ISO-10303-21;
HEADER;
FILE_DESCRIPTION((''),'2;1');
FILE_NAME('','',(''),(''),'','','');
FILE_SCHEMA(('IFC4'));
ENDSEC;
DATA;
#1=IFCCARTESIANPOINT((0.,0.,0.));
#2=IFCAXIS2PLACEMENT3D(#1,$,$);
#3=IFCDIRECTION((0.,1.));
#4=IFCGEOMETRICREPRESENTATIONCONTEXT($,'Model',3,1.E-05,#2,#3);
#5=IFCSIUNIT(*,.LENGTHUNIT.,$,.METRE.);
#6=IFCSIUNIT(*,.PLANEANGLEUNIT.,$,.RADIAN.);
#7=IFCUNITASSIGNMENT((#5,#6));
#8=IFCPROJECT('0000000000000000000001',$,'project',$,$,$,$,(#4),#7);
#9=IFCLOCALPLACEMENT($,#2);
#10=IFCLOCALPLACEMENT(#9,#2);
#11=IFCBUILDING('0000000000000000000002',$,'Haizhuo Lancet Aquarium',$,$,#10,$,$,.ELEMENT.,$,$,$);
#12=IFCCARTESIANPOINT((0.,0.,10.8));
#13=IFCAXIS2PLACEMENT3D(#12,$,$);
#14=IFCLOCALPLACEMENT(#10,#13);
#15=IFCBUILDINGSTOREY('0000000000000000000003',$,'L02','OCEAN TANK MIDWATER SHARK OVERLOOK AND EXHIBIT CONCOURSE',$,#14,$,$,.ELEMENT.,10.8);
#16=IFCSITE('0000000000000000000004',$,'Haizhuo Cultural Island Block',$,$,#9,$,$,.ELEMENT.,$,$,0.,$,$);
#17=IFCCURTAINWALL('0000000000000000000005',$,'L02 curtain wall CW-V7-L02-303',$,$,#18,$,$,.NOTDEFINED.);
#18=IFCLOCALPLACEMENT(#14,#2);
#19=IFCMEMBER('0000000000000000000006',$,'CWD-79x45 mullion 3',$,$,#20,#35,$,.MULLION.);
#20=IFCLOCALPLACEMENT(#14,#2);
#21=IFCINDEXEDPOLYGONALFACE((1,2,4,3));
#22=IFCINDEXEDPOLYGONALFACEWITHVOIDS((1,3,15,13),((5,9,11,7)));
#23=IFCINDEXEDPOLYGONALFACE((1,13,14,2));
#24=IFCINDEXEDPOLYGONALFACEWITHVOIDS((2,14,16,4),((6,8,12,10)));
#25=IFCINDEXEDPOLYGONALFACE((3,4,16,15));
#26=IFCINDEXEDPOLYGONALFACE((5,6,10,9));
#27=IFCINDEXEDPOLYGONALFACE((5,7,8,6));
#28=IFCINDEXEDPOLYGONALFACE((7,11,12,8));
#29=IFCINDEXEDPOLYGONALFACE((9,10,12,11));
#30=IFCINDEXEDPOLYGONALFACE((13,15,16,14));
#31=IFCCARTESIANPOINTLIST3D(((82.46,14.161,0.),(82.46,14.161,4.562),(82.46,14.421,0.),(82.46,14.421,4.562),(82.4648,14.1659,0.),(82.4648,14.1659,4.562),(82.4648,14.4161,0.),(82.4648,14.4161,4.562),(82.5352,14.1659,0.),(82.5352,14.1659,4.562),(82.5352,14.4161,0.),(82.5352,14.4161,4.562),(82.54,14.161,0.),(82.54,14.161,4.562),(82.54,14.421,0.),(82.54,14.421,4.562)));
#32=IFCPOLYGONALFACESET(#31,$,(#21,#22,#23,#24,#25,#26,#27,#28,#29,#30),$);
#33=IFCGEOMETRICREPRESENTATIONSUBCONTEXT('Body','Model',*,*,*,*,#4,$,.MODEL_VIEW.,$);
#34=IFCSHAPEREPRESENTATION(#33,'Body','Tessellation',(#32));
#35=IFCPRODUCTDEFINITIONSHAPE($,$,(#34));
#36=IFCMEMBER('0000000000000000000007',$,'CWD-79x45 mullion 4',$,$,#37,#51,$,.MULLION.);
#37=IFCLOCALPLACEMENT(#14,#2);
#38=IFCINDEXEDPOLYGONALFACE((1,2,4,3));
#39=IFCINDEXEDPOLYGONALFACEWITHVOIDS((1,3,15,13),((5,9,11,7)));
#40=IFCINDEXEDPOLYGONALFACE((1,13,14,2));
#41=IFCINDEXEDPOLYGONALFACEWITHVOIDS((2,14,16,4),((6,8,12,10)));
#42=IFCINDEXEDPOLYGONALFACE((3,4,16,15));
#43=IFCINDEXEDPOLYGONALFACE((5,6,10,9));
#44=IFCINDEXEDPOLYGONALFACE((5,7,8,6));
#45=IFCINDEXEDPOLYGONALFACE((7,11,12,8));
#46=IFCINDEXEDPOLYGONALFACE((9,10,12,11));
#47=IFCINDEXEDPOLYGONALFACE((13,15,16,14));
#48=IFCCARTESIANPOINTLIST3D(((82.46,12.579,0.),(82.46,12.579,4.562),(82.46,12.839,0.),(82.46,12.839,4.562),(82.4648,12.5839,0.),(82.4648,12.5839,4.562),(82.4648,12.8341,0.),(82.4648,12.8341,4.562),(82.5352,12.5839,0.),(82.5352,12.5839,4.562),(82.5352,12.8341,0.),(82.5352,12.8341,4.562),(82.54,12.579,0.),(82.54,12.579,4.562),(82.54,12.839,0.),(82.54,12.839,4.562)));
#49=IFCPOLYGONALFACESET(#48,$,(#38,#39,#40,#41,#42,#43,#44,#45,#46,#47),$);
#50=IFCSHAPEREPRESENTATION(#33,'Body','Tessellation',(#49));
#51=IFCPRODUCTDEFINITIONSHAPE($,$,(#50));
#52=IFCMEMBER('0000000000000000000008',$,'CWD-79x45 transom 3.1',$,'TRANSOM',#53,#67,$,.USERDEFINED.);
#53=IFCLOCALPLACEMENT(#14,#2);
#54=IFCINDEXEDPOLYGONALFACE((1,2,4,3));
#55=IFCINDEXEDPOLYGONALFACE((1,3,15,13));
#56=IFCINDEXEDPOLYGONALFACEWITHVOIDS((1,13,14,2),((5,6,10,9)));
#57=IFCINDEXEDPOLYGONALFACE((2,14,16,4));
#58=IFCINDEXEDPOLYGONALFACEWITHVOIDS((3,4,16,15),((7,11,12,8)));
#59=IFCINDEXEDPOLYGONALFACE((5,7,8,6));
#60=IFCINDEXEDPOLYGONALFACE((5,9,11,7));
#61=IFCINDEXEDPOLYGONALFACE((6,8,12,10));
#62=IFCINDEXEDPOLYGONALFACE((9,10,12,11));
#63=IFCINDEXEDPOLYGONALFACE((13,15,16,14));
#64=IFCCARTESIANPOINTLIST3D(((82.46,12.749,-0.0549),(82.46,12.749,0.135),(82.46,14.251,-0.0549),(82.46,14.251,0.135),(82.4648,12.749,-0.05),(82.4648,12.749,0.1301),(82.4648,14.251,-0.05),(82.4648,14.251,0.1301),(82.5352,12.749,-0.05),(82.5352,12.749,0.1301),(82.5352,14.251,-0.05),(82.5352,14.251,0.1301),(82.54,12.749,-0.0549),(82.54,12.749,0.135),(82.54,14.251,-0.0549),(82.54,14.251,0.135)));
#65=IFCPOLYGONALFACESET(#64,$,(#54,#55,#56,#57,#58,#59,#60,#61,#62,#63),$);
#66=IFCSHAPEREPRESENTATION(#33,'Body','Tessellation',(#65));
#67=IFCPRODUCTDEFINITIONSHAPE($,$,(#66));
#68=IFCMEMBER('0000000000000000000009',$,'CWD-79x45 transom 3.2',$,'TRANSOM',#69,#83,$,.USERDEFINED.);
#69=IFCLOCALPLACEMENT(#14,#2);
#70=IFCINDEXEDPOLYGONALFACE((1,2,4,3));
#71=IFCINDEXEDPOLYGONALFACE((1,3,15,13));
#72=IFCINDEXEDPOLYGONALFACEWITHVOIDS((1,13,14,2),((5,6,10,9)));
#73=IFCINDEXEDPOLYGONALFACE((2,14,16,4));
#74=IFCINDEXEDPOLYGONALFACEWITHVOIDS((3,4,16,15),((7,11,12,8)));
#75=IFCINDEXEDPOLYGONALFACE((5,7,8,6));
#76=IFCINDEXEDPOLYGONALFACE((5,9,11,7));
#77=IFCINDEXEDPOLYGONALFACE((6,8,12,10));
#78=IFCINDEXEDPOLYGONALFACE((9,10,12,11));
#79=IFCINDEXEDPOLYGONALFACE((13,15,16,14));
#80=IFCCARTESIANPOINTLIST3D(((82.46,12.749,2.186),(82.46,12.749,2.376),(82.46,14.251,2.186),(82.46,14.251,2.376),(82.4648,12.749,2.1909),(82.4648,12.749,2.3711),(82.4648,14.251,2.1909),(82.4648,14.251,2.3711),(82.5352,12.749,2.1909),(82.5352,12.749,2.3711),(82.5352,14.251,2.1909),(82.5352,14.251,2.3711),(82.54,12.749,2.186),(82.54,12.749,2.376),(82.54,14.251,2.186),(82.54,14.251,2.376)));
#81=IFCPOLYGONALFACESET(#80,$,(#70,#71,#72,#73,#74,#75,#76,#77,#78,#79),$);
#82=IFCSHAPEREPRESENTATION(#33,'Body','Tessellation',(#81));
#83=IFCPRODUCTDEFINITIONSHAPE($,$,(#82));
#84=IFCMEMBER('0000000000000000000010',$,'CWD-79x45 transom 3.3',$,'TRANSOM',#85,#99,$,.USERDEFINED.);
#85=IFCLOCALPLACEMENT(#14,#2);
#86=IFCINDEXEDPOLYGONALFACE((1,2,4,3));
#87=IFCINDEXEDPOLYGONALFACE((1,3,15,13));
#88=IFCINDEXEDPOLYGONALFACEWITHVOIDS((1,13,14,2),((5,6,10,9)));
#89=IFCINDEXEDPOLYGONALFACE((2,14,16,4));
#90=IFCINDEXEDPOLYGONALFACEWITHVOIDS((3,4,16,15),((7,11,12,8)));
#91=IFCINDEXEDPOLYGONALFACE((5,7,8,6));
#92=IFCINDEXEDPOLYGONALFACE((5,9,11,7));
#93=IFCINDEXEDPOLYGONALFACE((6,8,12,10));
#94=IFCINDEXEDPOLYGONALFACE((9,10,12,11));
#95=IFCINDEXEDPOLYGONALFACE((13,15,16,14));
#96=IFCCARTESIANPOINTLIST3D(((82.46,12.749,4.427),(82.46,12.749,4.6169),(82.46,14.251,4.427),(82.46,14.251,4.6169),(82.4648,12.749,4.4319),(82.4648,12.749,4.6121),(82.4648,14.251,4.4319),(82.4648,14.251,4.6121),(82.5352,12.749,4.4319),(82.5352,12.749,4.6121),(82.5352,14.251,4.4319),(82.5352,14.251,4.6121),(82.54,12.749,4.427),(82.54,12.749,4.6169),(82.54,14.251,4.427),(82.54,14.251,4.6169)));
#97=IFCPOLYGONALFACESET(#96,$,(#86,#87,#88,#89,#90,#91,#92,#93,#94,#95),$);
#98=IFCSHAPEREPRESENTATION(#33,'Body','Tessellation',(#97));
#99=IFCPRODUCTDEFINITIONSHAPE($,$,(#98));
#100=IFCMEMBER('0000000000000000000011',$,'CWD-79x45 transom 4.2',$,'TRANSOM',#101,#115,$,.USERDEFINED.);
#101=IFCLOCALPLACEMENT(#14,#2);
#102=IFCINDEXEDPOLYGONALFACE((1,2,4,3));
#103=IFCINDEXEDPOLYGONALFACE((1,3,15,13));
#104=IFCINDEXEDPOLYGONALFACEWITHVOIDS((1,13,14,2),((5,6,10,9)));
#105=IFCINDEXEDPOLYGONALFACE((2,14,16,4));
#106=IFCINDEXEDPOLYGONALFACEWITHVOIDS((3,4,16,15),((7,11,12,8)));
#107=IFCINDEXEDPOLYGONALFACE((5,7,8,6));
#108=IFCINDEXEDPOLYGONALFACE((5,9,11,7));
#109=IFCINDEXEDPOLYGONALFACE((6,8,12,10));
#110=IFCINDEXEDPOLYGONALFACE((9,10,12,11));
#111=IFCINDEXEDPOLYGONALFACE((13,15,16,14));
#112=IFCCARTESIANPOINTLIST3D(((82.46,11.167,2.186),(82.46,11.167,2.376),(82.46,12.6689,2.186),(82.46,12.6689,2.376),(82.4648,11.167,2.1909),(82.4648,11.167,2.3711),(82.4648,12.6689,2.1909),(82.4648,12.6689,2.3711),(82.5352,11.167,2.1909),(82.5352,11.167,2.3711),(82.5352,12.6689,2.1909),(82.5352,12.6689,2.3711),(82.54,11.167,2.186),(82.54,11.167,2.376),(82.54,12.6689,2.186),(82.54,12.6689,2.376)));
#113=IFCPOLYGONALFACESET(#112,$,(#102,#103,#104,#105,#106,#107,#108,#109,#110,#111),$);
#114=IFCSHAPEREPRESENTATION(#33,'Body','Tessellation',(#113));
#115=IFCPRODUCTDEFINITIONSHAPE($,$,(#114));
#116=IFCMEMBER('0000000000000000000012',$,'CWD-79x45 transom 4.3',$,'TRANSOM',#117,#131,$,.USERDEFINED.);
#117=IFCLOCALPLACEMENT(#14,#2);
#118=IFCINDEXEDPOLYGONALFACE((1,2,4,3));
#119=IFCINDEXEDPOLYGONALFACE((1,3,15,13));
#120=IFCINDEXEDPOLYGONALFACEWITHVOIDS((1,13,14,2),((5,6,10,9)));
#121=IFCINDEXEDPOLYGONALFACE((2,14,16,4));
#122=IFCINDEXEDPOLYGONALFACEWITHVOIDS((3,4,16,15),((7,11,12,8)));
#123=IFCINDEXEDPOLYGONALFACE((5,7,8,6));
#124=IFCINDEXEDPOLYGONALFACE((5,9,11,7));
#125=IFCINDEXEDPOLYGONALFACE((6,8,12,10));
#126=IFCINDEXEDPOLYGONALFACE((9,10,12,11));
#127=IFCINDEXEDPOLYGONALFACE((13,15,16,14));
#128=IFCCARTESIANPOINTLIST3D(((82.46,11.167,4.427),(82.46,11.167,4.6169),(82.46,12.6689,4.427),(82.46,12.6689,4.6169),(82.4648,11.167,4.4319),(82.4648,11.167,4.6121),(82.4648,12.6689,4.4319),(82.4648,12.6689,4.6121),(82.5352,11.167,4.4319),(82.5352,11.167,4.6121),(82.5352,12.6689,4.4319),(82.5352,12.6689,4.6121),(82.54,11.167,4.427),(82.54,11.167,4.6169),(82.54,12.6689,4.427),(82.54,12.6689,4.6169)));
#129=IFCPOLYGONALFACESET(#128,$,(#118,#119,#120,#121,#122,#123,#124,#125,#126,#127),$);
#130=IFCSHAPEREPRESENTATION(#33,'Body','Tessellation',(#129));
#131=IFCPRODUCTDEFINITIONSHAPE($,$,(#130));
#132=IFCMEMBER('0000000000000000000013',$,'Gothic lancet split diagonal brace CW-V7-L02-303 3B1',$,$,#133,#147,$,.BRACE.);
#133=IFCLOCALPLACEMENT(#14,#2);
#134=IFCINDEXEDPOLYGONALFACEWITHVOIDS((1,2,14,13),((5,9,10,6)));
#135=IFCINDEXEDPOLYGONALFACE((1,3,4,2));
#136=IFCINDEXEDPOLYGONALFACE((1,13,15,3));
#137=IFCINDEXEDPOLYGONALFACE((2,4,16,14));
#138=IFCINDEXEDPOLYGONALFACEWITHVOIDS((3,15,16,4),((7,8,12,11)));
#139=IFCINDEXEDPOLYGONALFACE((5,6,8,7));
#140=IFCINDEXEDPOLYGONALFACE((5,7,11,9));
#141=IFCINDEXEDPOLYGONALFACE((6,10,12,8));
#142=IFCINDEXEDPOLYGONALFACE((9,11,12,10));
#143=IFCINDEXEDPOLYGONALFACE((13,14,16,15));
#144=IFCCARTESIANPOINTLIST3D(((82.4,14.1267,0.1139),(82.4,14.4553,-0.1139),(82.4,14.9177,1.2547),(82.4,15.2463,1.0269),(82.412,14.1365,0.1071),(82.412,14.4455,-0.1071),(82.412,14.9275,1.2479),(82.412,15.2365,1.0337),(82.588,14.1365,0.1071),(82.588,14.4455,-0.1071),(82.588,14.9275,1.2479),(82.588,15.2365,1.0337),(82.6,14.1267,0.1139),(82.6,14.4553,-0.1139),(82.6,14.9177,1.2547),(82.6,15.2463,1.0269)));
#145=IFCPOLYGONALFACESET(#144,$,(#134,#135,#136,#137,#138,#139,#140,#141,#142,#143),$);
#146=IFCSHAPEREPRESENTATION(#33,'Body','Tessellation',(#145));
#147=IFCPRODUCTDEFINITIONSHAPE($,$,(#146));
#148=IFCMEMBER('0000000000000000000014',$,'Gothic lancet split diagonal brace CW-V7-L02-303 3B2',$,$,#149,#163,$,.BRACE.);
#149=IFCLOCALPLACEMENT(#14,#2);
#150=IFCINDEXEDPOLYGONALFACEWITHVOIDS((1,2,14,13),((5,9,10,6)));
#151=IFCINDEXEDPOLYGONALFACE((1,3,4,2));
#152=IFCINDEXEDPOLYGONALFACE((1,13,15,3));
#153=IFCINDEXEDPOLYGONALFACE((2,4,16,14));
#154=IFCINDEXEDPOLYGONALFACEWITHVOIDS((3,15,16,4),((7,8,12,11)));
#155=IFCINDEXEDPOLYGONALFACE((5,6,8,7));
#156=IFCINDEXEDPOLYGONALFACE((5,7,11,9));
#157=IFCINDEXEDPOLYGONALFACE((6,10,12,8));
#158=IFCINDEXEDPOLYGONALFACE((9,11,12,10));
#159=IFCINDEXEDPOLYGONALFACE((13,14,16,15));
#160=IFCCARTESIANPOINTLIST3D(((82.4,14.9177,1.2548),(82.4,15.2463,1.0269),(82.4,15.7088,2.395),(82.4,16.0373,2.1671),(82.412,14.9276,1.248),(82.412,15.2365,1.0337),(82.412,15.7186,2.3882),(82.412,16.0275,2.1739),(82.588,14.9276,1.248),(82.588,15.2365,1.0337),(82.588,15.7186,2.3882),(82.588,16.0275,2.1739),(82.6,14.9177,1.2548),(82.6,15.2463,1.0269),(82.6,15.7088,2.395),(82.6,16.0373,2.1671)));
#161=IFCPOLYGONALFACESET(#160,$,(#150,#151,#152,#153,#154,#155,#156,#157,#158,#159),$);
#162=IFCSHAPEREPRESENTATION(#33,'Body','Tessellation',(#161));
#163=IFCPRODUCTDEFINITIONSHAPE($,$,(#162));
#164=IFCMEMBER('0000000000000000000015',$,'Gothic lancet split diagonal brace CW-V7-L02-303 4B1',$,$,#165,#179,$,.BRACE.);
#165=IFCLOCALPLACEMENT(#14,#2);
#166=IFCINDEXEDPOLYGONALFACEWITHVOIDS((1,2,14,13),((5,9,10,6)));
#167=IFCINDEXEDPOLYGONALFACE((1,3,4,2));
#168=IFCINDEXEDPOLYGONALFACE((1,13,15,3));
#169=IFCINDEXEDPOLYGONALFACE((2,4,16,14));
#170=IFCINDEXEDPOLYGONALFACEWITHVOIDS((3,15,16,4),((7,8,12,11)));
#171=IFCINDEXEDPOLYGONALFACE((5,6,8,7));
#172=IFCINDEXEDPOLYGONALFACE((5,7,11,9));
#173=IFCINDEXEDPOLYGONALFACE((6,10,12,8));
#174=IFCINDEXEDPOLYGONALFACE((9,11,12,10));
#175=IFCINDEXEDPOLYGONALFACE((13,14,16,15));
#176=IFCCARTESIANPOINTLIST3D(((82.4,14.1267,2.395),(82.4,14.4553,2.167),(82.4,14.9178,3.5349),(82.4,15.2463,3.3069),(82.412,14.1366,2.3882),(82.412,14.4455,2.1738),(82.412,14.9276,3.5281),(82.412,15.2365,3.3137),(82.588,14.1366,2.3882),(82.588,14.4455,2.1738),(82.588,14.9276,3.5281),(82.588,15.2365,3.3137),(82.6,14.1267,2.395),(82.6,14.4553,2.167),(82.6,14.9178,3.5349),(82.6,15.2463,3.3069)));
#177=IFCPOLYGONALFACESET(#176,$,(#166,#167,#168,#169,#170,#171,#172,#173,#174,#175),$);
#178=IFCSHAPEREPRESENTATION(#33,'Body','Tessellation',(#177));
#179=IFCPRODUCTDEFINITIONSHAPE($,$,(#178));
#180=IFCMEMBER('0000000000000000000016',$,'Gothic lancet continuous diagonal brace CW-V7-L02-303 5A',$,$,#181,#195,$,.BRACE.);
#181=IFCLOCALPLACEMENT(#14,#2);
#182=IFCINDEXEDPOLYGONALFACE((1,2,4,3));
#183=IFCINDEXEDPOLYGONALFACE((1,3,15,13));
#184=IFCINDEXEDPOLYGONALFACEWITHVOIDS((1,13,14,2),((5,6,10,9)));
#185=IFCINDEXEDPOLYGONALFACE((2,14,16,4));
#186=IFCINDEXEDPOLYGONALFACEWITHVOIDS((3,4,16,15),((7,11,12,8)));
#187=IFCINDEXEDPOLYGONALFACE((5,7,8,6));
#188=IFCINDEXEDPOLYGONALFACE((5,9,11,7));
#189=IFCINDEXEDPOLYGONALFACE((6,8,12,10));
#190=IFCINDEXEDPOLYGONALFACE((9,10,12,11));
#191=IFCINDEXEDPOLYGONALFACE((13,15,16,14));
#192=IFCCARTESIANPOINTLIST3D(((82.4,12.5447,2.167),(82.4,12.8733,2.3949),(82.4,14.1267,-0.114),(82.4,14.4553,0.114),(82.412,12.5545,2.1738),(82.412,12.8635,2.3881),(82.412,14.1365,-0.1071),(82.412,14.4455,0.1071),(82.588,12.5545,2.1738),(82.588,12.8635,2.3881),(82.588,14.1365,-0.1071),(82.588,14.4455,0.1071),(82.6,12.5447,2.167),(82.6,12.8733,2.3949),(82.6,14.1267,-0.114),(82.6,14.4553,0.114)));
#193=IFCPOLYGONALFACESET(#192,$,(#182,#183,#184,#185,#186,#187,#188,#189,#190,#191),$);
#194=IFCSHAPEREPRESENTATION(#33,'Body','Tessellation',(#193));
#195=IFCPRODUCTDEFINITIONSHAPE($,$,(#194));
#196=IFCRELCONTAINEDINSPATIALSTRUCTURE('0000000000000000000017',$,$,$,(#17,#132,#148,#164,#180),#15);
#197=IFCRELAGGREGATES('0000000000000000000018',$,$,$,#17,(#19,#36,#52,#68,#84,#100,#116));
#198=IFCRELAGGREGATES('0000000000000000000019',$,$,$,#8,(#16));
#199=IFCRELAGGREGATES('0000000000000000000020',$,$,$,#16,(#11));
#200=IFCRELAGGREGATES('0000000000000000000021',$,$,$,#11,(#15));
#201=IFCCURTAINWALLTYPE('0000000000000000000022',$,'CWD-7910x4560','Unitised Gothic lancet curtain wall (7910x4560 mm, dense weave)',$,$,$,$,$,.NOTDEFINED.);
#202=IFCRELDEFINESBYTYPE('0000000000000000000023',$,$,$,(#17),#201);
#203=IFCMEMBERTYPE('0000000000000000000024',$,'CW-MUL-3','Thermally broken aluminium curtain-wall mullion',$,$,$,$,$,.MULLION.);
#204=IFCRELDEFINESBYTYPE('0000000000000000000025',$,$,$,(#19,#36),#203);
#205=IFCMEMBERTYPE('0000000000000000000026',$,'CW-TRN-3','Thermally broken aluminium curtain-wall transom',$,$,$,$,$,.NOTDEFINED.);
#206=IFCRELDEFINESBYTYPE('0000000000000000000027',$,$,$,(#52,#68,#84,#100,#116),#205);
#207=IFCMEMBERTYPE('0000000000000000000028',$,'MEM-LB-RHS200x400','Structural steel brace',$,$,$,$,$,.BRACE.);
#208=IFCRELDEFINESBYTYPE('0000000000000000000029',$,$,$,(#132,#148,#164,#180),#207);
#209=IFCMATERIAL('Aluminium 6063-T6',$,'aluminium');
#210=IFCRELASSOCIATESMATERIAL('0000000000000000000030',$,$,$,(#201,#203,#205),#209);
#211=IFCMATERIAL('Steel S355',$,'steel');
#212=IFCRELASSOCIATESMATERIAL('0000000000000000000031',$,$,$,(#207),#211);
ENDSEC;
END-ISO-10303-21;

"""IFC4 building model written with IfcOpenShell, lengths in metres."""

from ifc_helpers import new_model, si_unit, direction, frame, origin, origin_2d, place, context, subcontext, project, spatial, hollow_rectangle, extrude, material, material_profile, profile_set, type_object, element, aggregate, save


model = new_model("IFC4")

# Units and contexts
model_context = context("Model", 3, precision=1e-05, world=origin(), true_north=direction((0.0, 1.0)))
body_context = subcontext(model_context, "Body", "Model", "MODEL_VIEW")
ifc_project = project(units=[si_unit("LENGTHUNIT", "METRE"), si_unit("PLANEANGLEUNIT", "RADIAN")], contexts=[model_context])

# Site, building, storey
site_placement = place(None, origin())
site = spatial("IfcSite", under=ifc_project, at=site_placement, Name="Haizhuo Cultural Island Block", CompositionType="ELEMENT", RefElevation=0.0)
building_placement = place(site_placement, origin())
building = spatial("IfcBuilding", under=site, at=building_placement, Name="Haizhuo Lancet Aquarium", CompositionType="ELEMENT")
storey_placement = place(building_placement, frame((0.0, 0.0, 10.8)))
storey = spatial("IfcBuildingStorey", under=building, at=storey_placement, Name="L02", Description="OCEAN TANK MIDWATER SHARK OVERLOOK AND EXHIBIT CONCOURSE", CompositionType="ELEMENT", Elevation=10.8)

# Curtain wall, members
ifc_material_1 = material(Name="Aluminium 6063-T6", Category="aluminium")
curtain_wall_type = type_object("IfcCurtainWallType", Name="CWD-7910x4560", Description="Unitised Gothic lancet curtain wall (7910x4560 mm, dense weave)", PredefinedType="NOTDEFINED", material=ifc_material_1)
curtain_wall_placement = place(storey_placement, origin())
curtain_wall = element("IfcCurtainWall", 1, at=curtain_wall_placement, inside=storey, type_object=curtain_wall_type, Name="L02 curtain wall CW-V7-L02-303", PredefinedType="NOTDEFINED")
ifc_material_profile_1 = material_profile(ifc_material_1, hollow_rectangle(XDim=0.0801, YDim=0.26, WallThickness=0.0049, at=origin_2d()), Name="ALU-M 80x260x5")
ifc_profile_set_1 = profile_set([ifc_material_profile_1], Name="Aluminium 6063-T6")
member_type_1 = type_object("IfcMemberType", Name="CW-MUL-3", Description="Thermally broken aluminium curtain-wall mullion", PredefinedType="MULLION", material=ifc_profile_set_1)
member_1_placement = place(storey_placement, frame((82.5, 14.291, 0.0), z_axis=(0.0, 0.0, 1.0), x_axis=(1.0, 0.0, 0.0)))
member_1 = element("IfcMember", 2, at=member_1_placement, type_object=member_type_1, Name="CWD-79x45 mullion 3", PredefinedType="MULLION", context=body_context, shape_type="SweptSolid", body=[
    extrude(hollow_rectangle(XDim=0.0801, YDim=0.26, WallThickness=0.0049, at=origin_2d()), origin(), (0.0, 0.0, 1.0), 4.562),
])
member_2_placement = place(storey_placement, frame((82.5, 12.709, 0.0), z_axis=(0.0, 0.0, 1.0), x_axis=(1.0, 0.0, 0.0)))
member_2 = element("IfcMember", 3, at=member_2_placement, type_object=member_type_1, Name="CWD-79x45 mullion 4", PredefinedType="MULLION", context=body_context, shape_type="SweptSolid", body=[
    extrude(hollow_rectangle(XDim=0.0801, YDim=0.26, WallThickness=0.0049, at=origin_2d()), origin(), (0.0, 0.0, 1.0), 4.562),
])
ifc_material_profile_2 = material_profile(ifc_material_1, hollow_rectangle(XDim=0.0801, YDim=0.1899, WallThickness=0.0049, at=origin_2d()), Name="ALU-T 80x190x5")
ifc_profile_set_2 = profile_set([ifc_material_profile_2], Name="Aluminium 6063-T6")
member_type_2 = type_object("IfcMemberType", Name="CW-TRN-3", Description="Thermally broken aluminium curtain-wall transom", PredefinedType="NOTDEFINED", material=ifc_profile_set_2)
member_3_placement = place(storey_placement, frame((82.5, 14.251, 0.04), z_axis=(0.0, -1.0, 0.0), x_axis=(1.0, 0.0, 0.0)))
member_3 = element("IfcMember", 4, at=member_3_placement, type_object=member_type_2, Name="CWD-79x45 transom 3.1", ObjectType="TRANSOM", PredefinedType="USERDEFINED", context=body_context, shape_type="SweptSolid", body=[
    extrude(hollow_rectangle(XDim=0.0801, YDim=0.1899, WallThickness=0.0049, at=origin_2d()), origin(), (0.0, 0.0, 1.0), 1.502),
])
member_4_placement = place(storey_placement, frame((82.5, 14.251, 2.281), z_axis=(0.0, -1.0, 0.0), x_axis=(1.0, 0.0, 0.0)))
member_4 = element("IfcMember", 5, at=member_4_placement, type_object=member_type_2, Name="CWD-79x45 transom 3.2", ObjectType="TRANSOM", PredefinedType="USERDEFINED", context=body_context, shape_type="SweptSolid", body=[
    extrude(hollow_rectangle(XDim=0.0801, YDim=0.1899, WallThickness=0.0049, at=origin_2d()), origin(), (0.0, 0.0, 1.0), 1.502),
])
member_5_placement = place(storey_placement, frame((82.5, 14.251, 4.522), z_axis=(0.0, -1.0, 0.0), x_axis=(1.0, 0.0, 0.0)))
member_5 = element("IfcMember", 6, at=member_5_placement, type_object=member_type_2, Name="CWD-79x45 transom 3.3", ObjectType="TRANSOM", PredefinedType="USERDEFINED", context=body_context, shape_type="SweptSolid", body=[
    extrude(hollow_rectangle(XDim=0.0801, YDim=0.1899, WallThickness=0.0049, at=origin_2d()), origin(), (0.0, 0.0, 1.0), 1.502),
])
member_6_placement = place(storey_placement, frame((82.5, 12.6689, 2.281), z_axis=(0.0, -1.0, 0.0), x_axis=(1.0, 0.0, 0.0)))
member_6 = element("IfcMember", 7, at=member_6_placement, type_object=member_type_2, Name="CWD-79x45 transom 4.2", ObjectType="TRANSOM", PredefinedType="USERDEFINED", context=body_context, shape_type="SweptSolid", body=[
    extrude(hollow_rectangle(XDim=0.0801, YDim=0.1899, WallThickness=0.0049, at=origin_2d()), origin(), (0.0, 0.0, 1.0), 1.502),
])
member_7_placement = place(storey_placement, frame((82.5, 12.6689, 4.522), z_axis=(0.0, -1.0, 0.0), x_axis=(1.0, 0.0, 0.0)))
member_7 = element("IfcMember", 8, at=member_7_placement, type_object=member_type_2, Name="CWD-79x45 transom 4.3", ObjectType="TRANSOM", PredefinedType="USERDEFINED", context=body_context, shape_type="SweptSolid", body=[
    extrude(hollow_rectangle(XDim=0.0801, YDim=0.1899, WallThickness=0.0049, at=origin_2d()), origin(), (0.0, 0.0, 1.0), 1.502),
])

# Members
ifc_material_2 = material(Name="Steel S355", Category="steel")
ifc_material_profile_3 = material_profile(ifc_material_2, hollow_rectangle(XDim=0.2, YDim=0.3999, WallThickness=0.012, at=origin_2d()), Name="RHS 200x400x12")
ifc_profile_set_3 = profile_set([ifc_material_profile_3], Name="Steel S355")
member_type_3 = type_object("IfcMemberType", Name="MEM-LB-RHS200x400", Description="Structural steel brace", PredefinedType="BRACE", material=ifc_profile_set_3)
member_8_placement = place(storey_placement, frame((82.5, 14.291, 0.0), z_axis=(0.0, 0.569786, 0.821793), x_axis=(-1.0, 0.0, 0.0)))
element("IfcMember", 9, at=member_8_placement, inside=storey, type_object=member_type_3, Name="Gothic lancet split diagonal brace CW-V7-L02-303 3B1", PredefinedType="BRACE", context=body_context, shape_type="SweptSolid", body=[
    extrude(hollow_rectangle(XDim=0.2, YDim=0.3999, WallThickness=0.012, at=origin_2d()), origin(), (0.0, 0.0, 1.0), 1.3882),
])
member_9_placement = place(storey_placement, frame((82.5, 15.082, 1.1409), z_axis=(0.0, 0.570033, 0.821622), x_axis=(-1.0, 0.0, 0.0)))
element("IfcMember", 10, at=member_9_placement, inside=storey, type_object=member_type_3, Name="Gothic lancet split diagonal brace CW-V7-L02-303 3B2", PredefinedType="BRACE", context=body_context, shape_type="SweptSolid", body=[
    extrude(hollow_rectangle(XDim=0.2, YDim=0.3999, WallThickness=0.012, at=origin_2d()), origin(), (0.0, 0.0, 1.0), 1.3877),
])
member_10_placement = place(storey_placement, frame((82.5, 14.291, 2.281), z_axis=(0.0, 0.570115, 0.821565), x_axis=(-1.0, 0.0, 0.0)))
element("IfcMember", 11, at=member_10_placement, inside=storey, type_object=member_type_3, Name="Gothic lancet split diagonal brace CW-V7-L02-303 4B1", PredefinedType="BRACE", context=body_context, shape_type="SweptSolid", body=[
    extrude(hollow_rectangle(XDim=0.2, YDim=0.3999, WallThickness=0.012, at=origin_2d()), origin(), (0.0, 0.0, 1.0), 1.3875),
])
member_11_placement = place(storey_placement, frame((82.5, 14.291, 0.0), z_axis=(0.0, -0.569909, 0.821707), x_axis=(1.0, 0.0, 0.0)))
element("IfcMember", 12, at=member_11_placement, inside=storey, type_object=member_type_3, Name="Gothic lancet continuous diagonal brace CW-V7-L02-303 5A", PredefinedType="BRACE", context=body_context, shape_type="SweptSolid", body=[
    extrude(hollow_rectangle(XDim=0.2, YDim=0.3999, WallThickness=0.012, at=origin_2d()), origin(), (0.0, 0.0, 1.0), 2.7759),
])

aggregate(curtain_wall, [member_1, member_2, member_3, member_4, member_5, member_6, member_7])

save(model, "model.ifc")
